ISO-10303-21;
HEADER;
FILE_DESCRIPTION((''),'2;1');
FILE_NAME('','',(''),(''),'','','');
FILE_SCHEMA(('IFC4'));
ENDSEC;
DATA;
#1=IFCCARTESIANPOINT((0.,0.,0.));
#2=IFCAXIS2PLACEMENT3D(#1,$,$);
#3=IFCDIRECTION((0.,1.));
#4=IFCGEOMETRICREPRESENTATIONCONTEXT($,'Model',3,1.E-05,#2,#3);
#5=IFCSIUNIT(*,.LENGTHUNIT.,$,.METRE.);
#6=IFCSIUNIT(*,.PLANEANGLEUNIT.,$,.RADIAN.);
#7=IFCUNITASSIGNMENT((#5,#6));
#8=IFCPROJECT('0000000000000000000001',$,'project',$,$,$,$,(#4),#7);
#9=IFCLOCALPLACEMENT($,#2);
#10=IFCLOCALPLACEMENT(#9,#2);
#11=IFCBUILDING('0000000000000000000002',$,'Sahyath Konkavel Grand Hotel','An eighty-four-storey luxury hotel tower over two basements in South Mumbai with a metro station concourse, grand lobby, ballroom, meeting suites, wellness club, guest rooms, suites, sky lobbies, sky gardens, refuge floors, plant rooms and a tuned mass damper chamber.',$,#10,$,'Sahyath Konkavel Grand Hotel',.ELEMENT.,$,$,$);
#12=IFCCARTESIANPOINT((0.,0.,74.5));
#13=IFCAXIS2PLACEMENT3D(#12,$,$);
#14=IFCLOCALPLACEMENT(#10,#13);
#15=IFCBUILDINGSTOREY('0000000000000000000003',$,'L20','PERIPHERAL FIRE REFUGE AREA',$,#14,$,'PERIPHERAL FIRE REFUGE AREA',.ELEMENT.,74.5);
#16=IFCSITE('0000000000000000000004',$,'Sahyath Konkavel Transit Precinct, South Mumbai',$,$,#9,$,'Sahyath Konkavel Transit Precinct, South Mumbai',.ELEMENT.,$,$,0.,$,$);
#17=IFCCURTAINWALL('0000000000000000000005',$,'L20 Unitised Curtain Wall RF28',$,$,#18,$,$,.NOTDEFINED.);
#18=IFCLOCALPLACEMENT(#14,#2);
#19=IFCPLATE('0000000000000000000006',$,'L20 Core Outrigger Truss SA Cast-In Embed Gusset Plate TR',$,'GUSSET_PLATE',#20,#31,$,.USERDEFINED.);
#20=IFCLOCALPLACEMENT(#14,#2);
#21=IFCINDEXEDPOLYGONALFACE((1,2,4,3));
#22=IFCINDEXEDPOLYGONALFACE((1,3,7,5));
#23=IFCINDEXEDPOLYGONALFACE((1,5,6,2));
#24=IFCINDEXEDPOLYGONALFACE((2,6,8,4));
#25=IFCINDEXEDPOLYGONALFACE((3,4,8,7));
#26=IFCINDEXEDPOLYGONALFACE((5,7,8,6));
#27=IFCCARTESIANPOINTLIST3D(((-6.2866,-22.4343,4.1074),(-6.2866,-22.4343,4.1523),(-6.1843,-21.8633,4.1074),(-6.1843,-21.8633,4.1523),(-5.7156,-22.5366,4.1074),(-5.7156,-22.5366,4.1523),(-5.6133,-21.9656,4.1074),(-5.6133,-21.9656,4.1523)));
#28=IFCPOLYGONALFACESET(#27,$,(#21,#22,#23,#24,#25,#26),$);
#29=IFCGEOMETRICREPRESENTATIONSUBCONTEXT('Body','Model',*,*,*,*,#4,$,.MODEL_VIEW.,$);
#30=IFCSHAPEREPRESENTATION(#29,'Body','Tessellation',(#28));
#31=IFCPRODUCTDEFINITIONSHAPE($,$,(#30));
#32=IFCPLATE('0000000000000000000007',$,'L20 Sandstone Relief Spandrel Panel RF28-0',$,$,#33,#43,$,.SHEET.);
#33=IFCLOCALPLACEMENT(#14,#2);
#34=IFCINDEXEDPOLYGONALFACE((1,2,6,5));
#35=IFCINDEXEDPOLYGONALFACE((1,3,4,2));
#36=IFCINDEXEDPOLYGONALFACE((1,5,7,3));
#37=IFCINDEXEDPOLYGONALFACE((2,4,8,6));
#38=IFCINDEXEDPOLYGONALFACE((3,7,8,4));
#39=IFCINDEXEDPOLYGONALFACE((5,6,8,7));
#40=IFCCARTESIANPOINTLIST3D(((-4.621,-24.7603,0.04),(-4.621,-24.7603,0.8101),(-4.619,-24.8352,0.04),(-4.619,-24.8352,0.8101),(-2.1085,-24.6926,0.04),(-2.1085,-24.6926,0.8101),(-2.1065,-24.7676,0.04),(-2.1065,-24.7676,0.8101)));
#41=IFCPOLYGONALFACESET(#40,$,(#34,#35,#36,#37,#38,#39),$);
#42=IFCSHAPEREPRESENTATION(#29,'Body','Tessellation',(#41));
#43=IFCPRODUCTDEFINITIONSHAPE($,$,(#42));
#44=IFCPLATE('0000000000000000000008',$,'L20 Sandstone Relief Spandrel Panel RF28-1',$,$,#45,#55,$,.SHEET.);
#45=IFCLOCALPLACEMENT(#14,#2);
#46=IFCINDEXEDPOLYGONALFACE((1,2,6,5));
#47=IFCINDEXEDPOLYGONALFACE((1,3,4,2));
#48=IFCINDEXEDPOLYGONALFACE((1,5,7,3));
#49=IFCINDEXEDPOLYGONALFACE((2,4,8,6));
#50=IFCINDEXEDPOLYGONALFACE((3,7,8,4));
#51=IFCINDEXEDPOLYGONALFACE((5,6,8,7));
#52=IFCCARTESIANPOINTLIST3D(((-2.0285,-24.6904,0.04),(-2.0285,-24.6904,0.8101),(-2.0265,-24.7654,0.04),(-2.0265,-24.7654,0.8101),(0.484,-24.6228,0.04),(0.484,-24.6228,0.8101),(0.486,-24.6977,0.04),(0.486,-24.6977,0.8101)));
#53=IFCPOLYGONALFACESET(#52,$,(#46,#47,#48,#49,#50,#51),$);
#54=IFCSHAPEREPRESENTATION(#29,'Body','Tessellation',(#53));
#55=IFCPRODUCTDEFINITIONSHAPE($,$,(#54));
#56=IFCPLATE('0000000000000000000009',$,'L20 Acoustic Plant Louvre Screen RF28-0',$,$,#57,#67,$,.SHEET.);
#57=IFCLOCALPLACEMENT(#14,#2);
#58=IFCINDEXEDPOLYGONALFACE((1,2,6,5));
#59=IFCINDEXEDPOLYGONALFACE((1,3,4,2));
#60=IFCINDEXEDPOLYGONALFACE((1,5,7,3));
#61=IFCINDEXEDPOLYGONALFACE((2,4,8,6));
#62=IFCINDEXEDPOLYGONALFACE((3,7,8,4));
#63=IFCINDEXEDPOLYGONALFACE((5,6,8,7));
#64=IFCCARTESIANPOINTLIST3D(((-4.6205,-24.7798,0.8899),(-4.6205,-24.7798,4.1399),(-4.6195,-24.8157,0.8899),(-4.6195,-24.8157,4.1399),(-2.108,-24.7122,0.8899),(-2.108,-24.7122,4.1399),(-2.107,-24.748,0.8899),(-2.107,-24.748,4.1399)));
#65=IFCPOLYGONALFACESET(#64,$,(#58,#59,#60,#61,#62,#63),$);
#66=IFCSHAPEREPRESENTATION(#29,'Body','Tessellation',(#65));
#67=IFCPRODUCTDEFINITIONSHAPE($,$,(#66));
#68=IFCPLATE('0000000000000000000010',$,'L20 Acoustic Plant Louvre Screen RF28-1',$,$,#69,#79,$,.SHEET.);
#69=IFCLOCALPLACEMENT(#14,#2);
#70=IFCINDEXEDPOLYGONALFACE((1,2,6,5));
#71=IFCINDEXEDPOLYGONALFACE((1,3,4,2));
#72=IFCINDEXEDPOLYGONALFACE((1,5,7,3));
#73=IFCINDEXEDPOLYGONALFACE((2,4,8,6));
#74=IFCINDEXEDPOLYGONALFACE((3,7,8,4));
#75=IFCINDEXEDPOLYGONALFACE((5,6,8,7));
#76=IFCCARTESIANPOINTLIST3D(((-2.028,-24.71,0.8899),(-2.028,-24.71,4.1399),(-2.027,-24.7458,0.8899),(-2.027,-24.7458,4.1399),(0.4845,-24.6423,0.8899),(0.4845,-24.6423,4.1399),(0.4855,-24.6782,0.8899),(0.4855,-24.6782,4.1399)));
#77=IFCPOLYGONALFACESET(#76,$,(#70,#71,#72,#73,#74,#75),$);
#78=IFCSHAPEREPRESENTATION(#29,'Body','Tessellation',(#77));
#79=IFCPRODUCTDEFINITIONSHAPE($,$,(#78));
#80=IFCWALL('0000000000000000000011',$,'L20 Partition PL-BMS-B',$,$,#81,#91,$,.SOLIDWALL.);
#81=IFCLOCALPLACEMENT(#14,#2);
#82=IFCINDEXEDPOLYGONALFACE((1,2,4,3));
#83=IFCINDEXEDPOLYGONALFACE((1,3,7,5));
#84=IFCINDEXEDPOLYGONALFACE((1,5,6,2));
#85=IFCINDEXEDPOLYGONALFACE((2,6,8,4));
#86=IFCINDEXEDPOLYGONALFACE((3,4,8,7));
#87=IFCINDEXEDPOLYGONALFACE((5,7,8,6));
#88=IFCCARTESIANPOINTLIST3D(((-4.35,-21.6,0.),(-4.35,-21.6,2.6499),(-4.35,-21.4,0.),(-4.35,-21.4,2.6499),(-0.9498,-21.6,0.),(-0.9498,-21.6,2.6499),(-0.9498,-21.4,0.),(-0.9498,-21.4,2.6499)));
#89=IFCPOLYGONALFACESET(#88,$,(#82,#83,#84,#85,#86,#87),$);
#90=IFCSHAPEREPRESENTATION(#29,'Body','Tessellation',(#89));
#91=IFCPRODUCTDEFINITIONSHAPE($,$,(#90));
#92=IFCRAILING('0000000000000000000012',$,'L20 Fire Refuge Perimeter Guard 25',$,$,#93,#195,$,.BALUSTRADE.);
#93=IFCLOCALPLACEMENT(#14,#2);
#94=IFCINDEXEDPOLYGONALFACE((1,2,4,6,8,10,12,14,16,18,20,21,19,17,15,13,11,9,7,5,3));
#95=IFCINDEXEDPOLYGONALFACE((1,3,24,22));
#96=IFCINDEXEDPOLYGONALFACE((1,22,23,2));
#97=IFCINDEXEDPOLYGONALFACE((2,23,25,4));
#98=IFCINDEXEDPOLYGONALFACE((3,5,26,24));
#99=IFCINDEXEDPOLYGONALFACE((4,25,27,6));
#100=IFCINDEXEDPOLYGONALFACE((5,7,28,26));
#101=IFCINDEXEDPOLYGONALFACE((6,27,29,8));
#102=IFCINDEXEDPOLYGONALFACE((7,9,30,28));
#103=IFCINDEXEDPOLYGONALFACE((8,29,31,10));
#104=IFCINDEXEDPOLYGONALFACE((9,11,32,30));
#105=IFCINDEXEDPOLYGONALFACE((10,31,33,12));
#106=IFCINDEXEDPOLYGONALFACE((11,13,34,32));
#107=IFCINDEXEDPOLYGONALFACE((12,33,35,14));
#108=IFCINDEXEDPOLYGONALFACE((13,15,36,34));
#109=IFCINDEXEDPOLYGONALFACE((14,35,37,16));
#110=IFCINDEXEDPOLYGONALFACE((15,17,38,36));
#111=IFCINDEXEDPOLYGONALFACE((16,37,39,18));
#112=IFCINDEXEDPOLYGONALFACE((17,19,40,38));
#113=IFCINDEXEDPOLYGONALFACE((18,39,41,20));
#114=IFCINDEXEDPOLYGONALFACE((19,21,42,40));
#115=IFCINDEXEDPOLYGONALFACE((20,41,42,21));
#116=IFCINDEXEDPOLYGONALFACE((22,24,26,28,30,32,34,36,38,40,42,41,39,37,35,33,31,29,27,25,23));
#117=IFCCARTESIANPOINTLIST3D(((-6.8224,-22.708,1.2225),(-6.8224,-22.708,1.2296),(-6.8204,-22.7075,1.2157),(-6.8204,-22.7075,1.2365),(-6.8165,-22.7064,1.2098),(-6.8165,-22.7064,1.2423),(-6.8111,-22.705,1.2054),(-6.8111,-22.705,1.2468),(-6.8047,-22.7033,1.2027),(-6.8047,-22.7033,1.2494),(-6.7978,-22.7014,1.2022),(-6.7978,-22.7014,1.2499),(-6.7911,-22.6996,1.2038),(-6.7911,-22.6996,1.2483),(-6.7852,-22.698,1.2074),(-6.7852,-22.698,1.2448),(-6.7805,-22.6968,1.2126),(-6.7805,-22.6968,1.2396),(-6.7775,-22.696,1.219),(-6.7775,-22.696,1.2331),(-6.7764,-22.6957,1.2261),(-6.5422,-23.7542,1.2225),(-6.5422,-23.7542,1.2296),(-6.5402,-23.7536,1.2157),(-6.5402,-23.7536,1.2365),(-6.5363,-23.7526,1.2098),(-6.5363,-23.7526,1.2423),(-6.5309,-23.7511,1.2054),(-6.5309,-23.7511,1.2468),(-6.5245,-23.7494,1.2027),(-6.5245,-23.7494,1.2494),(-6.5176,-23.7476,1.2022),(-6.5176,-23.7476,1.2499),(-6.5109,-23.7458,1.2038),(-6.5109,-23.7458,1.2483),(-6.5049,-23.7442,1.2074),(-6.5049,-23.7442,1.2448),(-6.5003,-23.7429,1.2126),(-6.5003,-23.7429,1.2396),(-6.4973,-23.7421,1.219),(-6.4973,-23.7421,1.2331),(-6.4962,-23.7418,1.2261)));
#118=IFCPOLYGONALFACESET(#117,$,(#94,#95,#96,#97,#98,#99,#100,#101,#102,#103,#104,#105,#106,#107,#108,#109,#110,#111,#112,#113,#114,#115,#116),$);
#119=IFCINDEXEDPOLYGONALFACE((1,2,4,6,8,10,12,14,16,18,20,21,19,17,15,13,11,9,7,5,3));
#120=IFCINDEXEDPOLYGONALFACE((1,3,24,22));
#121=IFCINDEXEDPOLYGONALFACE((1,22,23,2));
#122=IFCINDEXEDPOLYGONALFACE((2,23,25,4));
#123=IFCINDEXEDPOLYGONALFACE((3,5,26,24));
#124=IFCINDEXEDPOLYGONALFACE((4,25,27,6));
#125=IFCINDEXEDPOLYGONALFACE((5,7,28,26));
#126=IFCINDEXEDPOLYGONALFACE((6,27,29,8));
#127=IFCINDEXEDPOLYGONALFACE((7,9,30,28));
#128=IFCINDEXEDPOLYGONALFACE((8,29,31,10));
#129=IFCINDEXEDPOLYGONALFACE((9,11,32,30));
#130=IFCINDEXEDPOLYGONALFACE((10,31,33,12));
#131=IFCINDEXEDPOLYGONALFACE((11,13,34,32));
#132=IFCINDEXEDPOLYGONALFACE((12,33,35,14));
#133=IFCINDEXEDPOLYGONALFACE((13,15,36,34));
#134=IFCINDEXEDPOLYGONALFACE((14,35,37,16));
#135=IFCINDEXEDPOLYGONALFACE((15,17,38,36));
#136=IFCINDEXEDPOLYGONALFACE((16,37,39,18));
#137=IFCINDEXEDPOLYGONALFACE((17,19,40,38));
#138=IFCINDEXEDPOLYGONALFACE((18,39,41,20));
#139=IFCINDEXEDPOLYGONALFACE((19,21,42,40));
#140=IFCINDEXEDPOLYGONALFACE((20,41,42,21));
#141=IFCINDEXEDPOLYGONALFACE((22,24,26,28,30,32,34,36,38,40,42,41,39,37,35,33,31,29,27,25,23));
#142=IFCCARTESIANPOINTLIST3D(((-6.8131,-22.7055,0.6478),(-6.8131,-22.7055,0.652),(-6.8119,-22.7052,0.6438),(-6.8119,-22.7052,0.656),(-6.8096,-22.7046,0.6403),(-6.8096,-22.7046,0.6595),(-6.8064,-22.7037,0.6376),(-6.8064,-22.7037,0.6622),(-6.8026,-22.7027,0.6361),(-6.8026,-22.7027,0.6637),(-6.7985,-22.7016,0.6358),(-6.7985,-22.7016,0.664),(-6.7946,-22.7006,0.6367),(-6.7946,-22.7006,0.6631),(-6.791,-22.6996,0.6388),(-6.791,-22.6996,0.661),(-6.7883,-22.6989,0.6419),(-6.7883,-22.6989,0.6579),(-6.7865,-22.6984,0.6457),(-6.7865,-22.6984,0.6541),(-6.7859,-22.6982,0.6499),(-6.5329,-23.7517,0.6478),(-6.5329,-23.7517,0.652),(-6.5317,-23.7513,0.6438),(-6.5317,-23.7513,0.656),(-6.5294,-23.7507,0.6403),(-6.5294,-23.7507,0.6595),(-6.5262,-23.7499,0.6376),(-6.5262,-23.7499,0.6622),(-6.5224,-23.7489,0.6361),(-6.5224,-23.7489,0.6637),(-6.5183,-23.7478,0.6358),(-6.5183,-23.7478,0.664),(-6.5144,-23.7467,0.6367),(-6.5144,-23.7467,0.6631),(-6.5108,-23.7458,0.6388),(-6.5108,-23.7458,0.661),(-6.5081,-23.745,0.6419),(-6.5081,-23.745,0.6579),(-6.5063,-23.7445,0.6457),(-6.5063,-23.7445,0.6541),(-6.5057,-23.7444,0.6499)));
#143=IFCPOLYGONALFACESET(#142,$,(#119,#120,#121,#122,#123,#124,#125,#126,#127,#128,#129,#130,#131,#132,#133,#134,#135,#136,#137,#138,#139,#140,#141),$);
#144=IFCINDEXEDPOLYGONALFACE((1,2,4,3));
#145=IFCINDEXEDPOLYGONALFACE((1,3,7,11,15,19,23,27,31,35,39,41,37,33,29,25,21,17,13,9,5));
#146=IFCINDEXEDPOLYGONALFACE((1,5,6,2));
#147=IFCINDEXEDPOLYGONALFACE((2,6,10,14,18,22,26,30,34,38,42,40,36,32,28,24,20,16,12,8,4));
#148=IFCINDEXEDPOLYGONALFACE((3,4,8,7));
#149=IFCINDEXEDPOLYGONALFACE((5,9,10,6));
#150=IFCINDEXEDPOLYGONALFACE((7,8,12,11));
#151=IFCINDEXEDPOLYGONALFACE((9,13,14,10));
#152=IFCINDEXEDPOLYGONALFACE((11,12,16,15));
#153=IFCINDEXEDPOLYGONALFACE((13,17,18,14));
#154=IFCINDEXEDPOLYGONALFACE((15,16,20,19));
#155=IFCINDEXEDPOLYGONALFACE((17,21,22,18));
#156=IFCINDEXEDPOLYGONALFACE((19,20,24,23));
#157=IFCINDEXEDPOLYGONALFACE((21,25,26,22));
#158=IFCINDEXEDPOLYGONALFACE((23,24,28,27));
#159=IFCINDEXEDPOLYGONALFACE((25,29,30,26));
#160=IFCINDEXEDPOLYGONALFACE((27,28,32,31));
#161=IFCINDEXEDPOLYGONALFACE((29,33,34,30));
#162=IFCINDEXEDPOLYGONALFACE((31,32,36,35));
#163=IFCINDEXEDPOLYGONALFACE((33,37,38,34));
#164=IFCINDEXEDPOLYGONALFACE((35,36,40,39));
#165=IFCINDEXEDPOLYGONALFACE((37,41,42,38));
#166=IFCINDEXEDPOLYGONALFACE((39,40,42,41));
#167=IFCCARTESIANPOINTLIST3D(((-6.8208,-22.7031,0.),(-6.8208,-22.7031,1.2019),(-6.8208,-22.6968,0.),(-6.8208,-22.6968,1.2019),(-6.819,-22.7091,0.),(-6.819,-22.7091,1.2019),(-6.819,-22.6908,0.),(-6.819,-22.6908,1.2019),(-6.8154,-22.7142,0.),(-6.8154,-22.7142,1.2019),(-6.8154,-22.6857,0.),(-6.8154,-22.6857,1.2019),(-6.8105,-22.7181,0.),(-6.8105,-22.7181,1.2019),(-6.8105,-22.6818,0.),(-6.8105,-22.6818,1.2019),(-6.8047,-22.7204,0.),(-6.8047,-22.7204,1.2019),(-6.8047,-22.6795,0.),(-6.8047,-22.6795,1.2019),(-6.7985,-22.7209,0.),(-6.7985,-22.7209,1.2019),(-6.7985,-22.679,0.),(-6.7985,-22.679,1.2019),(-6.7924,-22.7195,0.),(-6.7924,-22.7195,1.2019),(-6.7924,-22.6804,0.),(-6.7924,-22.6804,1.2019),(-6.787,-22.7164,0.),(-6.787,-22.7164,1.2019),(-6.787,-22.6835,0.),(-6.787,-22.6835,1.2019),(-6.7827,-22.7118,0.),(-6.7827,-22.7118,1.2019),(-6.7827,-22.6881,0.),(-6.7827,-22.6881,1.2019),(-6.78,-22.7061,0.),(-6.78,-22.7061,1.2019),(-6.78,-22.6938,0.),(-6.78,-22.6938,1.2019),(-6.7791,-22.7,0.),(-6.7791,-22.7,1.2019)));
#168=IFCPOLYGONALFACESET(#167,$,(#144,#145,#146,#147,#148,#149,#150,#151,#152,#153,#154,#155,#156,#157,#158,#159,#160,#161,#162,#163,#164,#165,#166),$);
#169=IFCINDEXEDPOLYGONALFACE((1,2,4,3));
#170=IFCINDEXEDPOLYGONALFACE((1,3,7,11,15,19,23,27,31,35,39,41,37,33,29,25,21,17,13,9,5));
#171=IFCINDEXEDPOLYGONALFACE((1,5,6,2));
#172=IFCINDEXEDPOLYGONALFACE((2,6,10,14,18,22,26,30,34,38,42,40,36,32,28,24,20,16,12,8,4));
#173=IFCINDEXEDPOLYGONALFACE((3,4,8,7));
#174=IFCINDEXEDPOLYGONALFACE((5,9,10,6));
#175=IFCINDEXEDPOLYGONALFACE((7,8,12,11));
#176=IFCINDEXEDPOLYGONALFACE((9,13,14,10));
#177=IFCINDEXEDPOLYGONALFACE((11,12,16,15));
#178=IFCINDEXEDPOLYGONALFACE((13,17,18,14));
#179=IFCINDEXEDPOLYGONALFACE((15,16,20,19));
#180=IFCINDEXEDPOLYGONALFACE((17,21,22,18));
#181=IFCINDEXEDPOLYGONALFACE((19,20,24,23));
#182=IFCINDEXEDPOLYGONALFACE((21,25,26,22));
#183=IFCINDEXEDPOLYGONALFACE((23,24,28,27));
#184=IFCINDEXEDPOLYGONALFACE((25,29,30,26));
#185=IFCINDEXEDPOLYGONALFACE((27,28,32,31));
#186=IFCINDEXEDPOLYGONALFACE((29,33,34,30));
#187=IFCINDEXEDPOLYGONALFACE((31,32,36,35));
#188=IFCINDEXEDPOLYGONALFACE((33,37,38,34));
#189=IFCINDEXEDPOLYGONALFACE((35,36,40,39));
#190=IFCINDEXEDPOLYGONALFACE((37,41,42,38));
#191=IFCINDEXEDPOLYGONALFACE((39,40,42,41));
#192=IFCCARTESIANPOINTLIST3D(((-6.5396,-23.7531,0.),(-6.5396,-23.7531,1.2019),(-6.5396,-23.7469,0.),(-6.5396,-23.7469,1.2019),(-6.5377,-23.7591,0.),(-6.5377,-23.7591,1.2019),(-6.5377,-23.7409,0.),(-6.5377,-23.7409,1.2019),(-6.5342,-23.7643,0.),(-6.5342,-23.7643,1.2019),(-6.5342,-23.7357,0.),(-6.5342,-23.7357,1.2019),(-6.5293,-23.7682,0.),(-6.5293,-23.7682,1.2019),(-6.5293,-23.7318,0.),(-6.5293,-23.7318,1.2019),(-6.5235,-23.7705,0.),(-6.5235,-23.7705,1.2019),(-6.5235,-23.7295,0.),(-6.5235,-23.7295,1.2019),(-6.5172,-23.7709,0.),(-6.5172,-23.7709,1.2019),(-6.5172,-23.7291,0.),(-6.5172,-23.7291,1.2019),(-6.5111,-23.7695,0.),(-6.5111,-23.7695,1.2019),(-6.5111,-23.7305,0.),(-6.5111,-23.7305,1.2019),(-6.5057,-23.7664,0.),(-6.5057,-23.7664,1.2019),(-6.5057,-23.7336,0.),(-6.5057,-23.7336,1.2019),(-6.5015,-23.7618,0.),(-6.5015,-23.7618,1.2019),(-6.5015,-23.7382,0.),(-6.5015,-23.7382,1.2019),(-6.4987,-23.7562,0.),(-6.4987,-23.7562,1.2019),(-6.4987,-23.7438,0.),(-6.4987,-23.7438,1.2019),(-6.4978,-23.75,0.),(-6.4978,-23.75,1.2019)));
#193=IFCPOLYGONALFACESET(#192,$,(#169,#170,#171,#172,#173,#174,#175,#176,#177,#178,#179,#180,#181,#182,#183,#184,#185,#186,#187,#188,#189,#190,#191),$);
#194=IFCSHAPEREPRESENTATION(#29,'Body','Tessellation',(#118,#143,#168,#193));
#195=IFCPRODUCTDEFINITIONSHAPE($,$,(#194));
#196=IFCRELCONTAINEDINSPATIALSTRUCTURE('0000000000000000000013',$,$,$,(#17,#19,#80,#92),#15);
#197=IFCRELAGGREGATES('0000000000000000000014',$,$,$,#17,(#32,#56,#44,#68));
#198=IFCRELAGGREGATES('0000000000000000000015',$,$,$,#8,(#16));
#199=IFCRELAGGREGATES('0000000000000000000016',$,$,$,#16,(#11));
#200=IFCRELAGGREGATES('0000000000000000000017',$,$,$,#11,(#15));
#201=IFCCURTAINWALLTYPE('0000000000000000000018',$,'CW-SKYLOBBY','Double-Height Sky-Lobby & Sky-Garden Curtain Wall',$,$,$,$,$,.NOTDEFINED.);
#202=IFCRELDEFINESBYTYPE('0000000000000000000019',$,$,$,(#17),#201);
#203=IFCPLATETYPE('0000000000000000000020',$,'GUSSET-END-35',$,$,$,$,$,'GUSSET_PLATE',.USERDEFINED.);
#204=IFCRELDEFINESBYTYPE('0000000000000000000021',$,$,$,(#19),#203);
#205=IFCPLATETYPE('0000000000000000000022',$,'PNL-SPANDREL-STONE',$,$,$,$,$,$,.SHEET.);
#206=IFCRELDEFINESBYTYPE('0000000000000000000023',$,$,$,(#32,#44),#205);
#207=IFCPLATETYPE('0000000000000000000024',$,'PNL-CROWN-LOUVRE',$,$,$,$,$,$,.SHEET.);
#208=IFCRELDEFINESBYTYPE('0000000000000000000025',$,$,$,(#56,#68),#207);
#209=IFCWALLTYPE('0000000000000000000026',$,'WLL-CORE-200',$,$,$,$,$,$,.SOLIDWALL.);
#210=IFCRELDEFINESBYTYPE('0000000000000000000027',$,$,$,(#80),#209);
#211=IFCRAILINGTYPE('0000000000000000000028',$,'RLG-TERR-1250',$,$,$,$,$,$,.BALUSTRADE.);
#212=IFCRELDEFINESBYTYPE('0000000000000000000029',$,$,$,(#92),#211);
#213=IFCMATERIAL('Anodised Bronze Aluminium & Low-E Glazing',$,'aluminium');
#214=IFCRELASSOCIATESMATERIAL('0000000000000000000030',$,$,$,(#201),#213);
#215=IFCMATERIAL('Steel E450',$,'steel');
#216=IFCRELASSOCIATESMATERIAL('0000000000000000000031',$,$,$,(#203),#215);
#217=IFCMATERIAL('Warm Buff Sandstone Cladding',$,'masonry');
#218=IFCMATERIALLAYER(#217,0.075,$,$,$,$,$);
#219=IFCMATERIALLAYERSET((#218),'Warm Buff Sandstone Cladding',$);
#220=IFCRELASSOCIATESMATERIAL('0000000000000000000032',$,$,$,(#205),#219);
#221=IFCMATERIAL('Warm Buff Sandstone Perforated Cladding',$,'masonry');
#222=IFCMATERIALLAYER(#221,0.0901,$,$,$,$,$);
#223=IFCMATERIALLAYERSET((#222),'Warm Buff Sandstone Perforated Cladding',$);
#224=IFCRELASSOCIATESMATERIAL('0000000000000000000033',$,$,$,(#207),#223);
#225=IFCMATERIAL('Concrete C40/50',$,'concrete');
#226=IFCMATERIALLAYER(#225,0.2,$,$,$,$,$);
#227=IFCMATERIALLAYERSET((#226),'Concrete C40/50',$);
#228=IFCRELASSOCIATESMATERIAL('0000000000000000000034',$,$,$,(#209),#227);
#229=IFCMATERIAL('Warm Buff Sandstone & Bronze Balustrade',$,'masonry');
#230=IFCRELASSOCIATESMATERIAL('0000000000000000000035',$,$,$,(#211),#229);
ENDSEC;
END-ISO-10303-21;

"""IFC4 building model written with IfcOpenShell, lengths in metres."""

from ifc_helpers import new_model, si_unit, direction, frame, frame_2d, origin, origin_2d, place, context, subcontext, project, spatial, rectangle, circle, extrude, source, transform, mapped, material, layer, layer_set, type_object, element, aggregate, save


model = new_model("IFC4")

# Units and contexts
model_context = context("Model", 3, precision=1e-05, world=origin(), true_north=direction((0.0, 1.0)))
body_context = subcontext(model_context, "Body", "Model", "MODEL_VIEW")
ifc_project = project(units=[si_unit("LENGTHUNIT", "METRE"), si_unit("PLANEANGLEUNIT", "RADIAN")], contexts=[model_context])

# Site, building, storey
site_placement = place(None, origin())
site = spatial("IfcSite", under=ifc_project, at=site_placement, Name="Sahyath Konkavel Transit Precinct, South Mumbai", LongName="Sahyath Konkavel Transit Precinct, South Mumbai", CompositionType="ELEMENT", RefElevation=0.0)
building_placement = place(site_placement, origin())
building = spatial("IfcBuilding", under=site, at=building_placement, Name="Sahyath Konkavel Grand Hotel", Description="An eighty-four-storey luxury hotel tower over two basements in South Mumbai with a metro station concourse, grand lobby, ballroom, meeting suites, wellness club, guest rooms, suites, sky lobbies, sky gardens, refuge floors, plant rooms and a tuned mass damper chamber.", LongName="Sahyath Konkavel Grand Hotel", CompositionType="ELEMENT")
storey_placement = place(building_placement, frame((0.0, 0.0, 74.5)))
storey = spatial("IfcBuildingStorey", under=building, at=storey_placement, Name="L20", Description="PERIPHERAL FIRE REFUGE AREA", LongName="PERIPHERAL FIRE REFUGE AREA", CompositionType="ELEMENT", Elevation=74.5)

# Shared definitions
ifc_material_1 = material(Name="Steel E450", Category="steel")

# Shared definitions
ifc_material_2 = material(Name="Anodised Bronze Aluminium & Low-E Glazing", Category="aluminium")
curtain_wall_type = type_object("IfcCurtainWallType", Name="CW-SKYLOBBY", Description="Double-Height Sky-Lobby & Sky-Garden Curtain Wall", PredefinedType="NOTDEFINED", material=ifc_material_2)

# Curtain wall
curtain_wall_1_placement = place(storey_placement, origin())
curtain_wall_1 = element("IfcCurtainWall", 1, at=curtain_wall_1_placement, inside=storey, type_object=curtain_wall_type, Name="L20 Unitised Curtain Wall RF28", PredefinedType="NOTDEFINED")

# Plate
plate_type_1 = type_object("IfcPlateType", Name="GUSSET-END-35", ElementType="GUSSET_PLATE", PredefinedType="USERDEFINED", material=ifc_material_1)
shared_shape_1 = source(origin(), body_context, "Body", "SweptSolid", [
    extrude(rectangle(XDim=0.5801, YDim=0.5801, at=origin_2d()), origin(), (0.0, 0.0, 1.0), 0.0449),
])
for number, where, z_axis, x_axis, name in (
    (2, (-5.95, -22.2, 4.1074), (0.0, 0.0, 1.0), (-0.176363, -0.984325, 0.0), "L20 Core Outrigger Truss SA Cast-In Embed Gusset Plate TR"),
):
    element("IfcPlate", number, at=place(storey_placement, frame(where, z_axis=z_axis, x_axis=x_axis)), inside=storey, type_object=plate_type_1, Name=name, ObjectType="GUSSET_PLATE", PredefinedType="USERDEFINED", context=body_context, shape_type="MappedRepresentation", body=[
        mapped(shared_shape_1, transform((0.0, 0.0, 0.0), scale=1.0)),
    ])

# Plates
ifc_material_3 = material(Name="Warm Buff Sandstone Cladding", Category="masonry")
ifc_layer_1 = layer(ifc_material_3, 0.075)
ifc_layer_set_1 = layer_set([ifc_layer_1], Name="Warm Buff Sandstone Cladding")
plate_type_2 = type_object("IfcPlateType", Name="PNL-SPANDREL-STONE", PredefinedType="SHEET", material=ifc_layer_set_1)
shared_shape_2 = source(origin(), body_context, "Body", "SweptSolid", [
    extrude(rectangle(XDim=2.5134, YDim=0.075, at=origin_2d()), origin(), (0.0, 0.0, 1.0), 0.77),
])
plate_1_placement = place(storey_placement, frame((-3.3638, -24.7639, 0.04), z_axis=(0.0, 0.0, 1.0), x_axis=(0.999638, 0.02691, 0.0)))
plate_1 = element("IfcPlate", 3, at=plate_1_placement, type_object=plate_type_2, Name="L20 Sandstone Relief Spandrel Panel RF28-0", PredefinedType="SHEET", context=body_context, shape_type="MappedRepresentation", body=[
    mapped(shared_shape_2, transform((0.0, 0.0, 0.0), scale=1.0)),
])
plate_2_placement = place(storey_placement, frame((-0.7712, -24.6941, 0.04), z_axis=(0.0, 0.0, 1.0), x_axis=(0.999638, 0.02691, 0.0)))
plate_2 = element("IfcPlate", 4, at=plate_2_placement, type_object=plate_type_2, Name="L20 Sandstone Relief Spandrel Panel RF28-1", PredefinedType="SHEET", context=body_context, shape_type="MappedRepresentation", body=[
    mapped(shared_shape_2, transform((0.0, 0.0, 0.0), scale=1.0)),
])
ifc_material_4 = material(Name="Warm Buff Sandstone Perforated Cladding", Category="masonry")
ifc_layer_2 = layer(ifc_material_4, 0.0901)
ifc_layer_set_2 = layer_set([ifc_layer_2], Name="Warm Buff Sandstone Perforated Cladding")
plate_type_3 = type_object("IfcPlateType", Name="PNL-CROWN-LOUVRE", PredefinedType="SHEET", material=ifc_layer_set_2)
shared_shape_3 = source(origin(), body_context, "Body", "SweptSolid", [
    extrude(rectangle(XDim=2.5134, YDim=0.0359, at=origin_2d()), origin(), (0.0, 0.0, 1.0), 3.25),
])
plate_3_placement = place(storey_placement, frame((-3.3638, -24.7639, 0.8899), z_axis=(0.0, 0.0, 1.0), x_axis=(0.999638, 0.02691, 0.0)))
plate_3 = element("IfcPlate", 5, at=plate_3_placement, type_object=plate_type_3, Name="L20 Acoustic Plant Louvre Screen RF28-0", PredefinedType="SHEET", context=body_context, shape_type="MappedRepresentation", body=[
    mapped(shared_shape_3, transform((0.0, 0.0, 0.0), scale=1.0)),
])
plate_4_placement = place(storey_placement, frame((-0.7712, -24.6941, 0.8899), z_axis=(0.0, 0.0, 1.0), x_axis=(0.999638, 0.02691, 0.0)))
plate_4 = element("IfcPlate", 6, at=plate_4_placement, type_object=plate_type_3, Name="L20 Acoustic Plant Louvre Screen RF28-1", PredefinedType="SHEET", context=body_context, shape_type="MappedRepresentation", body=[
    mapped(shared_shape_3, transform((0.0, 0.0, 0.0), scale=1.0)),
])
aggregate(curtain_wall_1, [plate_1, plate_3, plate_2, plate_4])

# Wall
ifc_material_5 = material(Name="Concrete C40/50", Category="concrete")
ifc_layer_3 = layer(ifc_material_5, 0.2)
ifc_layer_set_3 = layer_set([ifc_layer_3], Name="Concrete C40/50")
wall_type = type_object("IfcWallType", Name="WLL-CORE-200", PredefinedType="SOLIDWALL", material=ifc_layer_set_3)
wall_placement = place(storey_placement, frame((-4.3501, -21.5, 0.0), z_axis=(0.0, 0.0, 1.0), x_axis=(1.0, 0.0, 0.0)))
element("IfcWall", 7, at=wall_placement, inside=storey, type_object=wall_type, Name="L20 Partition PL-BMS-B", PredefinedType="SOLIDWALL", context=body_context, shape_type="SweptSolid", body=[
    extrude(rectangle(XDim=3.4001, YDim=0.2, at=frame_2d((1.7002, 0.0))), origin(), (0.0, 0.0, 1.0), 2.6499),
])

# Railing
ifc_material_6 = material(Name="Warm Buff Sandstone & Bronze Balustrade", Category="masonry")
railing_type = type_object("IfcRailingType", Name="RLG-TERR-1250", PredefinedType="BALUSTRADE", material=ifc_material_6)
railing_1_placement = place(storey_placement, frame((-6.8, -22.7, 0.0)))
element("IfcRailing", 8, at=railing_1_placement, inside=storey, type_object=railing_type, Name="L20 Fire Refuge Perimeter Guard 25", PredefinedType="BALUSTRADE", context=body_context, shape_type="SweptSolid", body=[
    extrude(circle(Radius=0.0239, at=origin_2d()), frame((0.0005, -0.002, 1.2261), z_axis=(0.258725, -0.965951, 0.0), x_axis=(0.965951, 0.258725, 0.0)), (0.0, 0.0, 1.0), 1.083),
    extrude(circle(Radius=0.0142, at=origin_2d()), frame((0.0005, -0.002, 0.6499), z_axis=(0.258725, -0.965951, 0.0), x_axis=(0.965951, 0.258725, 0.0)), (0.0, 0.0, 1.0), 1.083),
    extrude(circle(Radius=0.021, at=origin_2d()), origin(), (0.0, 0.0, 1.0), 1.2019),
    extrude(circle(Radius=0.021, at=origin_2d()), frame((0.2812, -1.05, 0.0)), (0.0, 0.0, 1.0), 1.2019),
])

save(model, "model.ifc")
